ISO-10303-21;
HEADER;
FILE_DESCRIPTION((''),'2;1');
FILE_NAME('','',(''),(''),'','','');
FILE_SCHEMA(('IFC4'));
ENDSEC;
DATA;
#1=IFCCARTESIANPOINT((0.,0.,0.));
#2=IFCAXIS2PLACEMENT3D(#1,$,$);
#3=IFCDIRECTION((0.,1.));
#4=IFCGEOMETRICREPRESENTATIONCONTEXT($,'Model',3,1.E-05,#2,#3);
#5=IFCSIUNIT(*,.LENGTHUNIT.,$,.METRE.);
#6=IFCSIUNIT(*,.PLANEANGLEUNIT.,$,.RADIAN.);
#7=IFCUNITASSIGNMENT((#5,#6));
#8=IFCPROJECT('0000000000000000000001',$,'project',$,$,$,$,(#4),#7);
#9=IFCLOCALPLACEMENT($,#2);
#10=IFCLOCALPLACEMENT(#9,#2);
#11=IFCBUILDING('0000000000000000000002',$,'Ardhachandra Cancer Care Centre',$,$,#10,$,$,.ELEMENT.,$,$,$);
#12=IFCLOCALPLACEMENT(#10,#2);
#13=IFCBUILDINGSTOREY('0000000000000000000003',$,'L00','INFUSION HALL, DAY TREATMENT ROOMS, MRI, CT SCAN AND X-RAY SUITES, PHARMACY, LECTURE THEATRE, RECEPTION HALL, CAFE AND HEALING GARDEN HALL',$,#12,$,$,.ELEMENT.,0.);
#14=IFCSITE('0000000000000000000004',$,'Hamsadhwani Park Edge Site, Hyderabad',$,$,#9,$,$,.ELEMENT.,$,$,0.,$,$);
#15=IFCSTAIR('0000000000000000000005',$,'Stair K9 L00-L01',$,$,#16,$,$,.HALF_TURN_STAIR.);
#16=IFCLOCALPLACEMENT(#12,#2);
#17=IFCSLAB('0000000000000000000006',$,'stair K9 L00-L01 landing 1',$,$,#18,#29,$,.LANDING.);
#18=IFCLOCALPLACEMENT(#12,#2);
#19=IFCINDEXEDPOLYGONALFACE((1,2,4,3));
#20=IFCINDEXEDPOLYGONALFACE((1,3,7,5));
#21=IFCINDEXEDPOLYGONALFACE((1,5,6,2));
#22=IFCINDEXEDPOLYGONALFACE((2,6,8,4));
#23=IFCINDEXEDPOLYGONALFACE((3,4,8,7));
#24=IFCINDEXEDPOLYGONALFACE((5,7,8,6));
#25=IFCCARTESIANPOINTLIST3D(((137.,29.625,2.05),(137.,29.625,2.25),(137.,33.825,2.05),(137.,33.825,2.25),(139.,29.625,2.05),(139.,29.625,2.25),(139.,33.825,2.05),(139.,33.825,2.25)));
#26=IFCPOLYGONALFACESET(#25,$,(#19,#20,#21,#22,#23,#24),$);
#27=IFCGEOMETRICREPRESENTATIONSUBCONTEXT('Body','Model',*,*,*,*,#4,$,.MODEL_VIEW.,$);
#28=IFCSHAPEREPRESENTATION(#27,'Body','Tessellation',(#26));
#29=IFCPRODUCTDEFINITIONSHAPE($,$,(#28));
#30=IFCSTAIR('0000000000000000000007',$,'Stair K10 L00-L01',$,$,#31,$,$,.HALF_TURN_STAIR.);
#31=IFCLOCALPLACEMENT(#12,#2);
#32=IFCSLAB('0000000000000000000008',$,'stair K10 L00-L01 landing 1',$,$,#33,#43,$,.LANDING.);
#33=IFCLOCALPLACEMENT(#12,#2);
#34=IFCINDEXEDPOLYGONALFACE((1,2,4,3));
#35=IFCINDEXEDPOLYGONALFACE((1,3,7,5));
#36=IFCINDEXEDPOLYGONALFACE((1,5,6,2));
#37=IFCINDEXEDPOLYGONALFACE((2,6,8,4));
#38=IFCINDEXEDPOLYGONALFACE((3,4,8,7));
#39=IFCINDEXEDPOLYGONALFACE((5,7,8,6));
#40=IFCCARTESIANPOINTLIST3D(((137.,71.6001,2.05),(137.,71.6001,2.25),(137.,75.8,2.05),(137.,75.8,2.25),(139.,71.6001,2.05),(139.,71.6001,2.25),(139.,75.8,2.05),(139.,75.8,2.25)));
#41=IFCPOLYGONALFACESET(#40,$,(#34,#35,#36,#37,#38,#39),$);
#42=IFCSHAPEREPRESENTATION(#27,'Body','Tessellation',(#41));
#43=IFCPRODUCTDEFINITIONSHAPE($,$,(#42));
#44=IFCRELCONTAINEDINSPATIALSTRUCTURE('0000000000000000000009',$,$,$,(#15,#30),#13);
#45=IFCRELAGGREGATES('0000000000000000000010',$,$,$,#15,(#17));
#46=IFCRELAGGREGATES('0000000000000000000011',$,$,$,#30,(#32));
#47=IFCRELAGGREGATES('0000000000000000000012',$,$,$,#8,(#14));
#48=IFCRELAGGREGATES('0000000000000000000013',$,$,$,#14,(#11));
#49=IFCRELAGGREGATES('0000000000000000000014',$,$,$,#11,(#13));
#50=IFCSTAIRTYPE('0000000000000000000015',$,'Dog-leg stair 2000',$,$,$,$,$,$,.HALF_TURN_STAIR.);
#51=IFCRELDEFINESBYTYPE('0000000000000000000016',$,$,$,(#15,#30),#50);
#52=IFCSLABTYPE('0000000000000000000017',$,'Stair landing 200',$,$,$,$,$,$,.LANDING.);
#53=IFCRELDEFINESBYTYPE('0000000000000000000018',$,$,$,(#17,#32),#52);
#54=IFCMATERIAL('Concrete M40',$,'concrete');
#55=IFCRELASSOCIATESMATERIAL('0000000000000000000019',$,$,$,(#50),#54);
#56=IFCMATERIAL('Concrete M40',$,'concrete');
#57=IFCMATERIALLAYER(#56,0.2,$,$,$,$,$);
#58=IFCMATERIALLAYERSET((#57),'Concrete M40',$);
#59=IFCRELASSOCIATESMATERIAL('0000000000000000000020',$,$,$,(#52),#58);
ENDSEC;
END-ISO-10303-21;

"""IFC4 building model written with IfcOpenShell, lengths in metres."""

from ifc_helpers import new_model, si_unit, direction, frame, origin, place, context, subcontext, project, spatial, polyline, outline, extrude, material, layer, layer_set, type_object, element, aggregate, save


model = new_model("IFC4")

# Units and contexts
model_context = context("Model", 3, precision=1e-05, world=origin(), true_north=direction((0.0, 1.0)))
body_context = subcontext(model_context, "Body", "Model", "MODEL_VIEW")
ifc_project = project(units=[si_unit("LENGTHUNIT", "METRE"), si_unit("PLANEANGLEUNIT", "RADIAN")], contexts=[model_context])

# Site, building, storey
site_placement = place(None, origin())
site = spatial("IfcSite", under=ifc_project, at=site_placement, Name="Hamsadhwani Park Edge Site, Hyderabad", CompositionType="ELEMENT", RefElevation=0.0)
building_placement = place(site_placement, origin())
building = spatial("IfcBuilding", under=site, at=building_placement, Name="Ardhachandra Cancer Care Centre", CompositionType="ELEMENT")
storey_placement = place(building_placement, origin())
storey = spatial("IfcBuildingStorey", under=building, at=storey_placement, Name="L00", Description="INFUSION HALL, DAY TREATMENT ROOMS, MRI, CT SCAN AND X-RAY SUITES, PHARMACY, LECTURE THEATRE, RECEPTION HALL, CAFE AND HEALING GARDEN HALL", CompositionType="ELEMENT", Elevation=0.0)

# Stairs, slabs
ifc_material_1 = material(Name="Concrete M40", Category="concrete")
stair_type = type_object("IfcStairType", Name="Dog-leg stair 2000", PredefinedType="HALF_TURN_STAIR", material=ifc_material_1)
ifc_material_2 = material(Name="Concrete M40", Category="concrete")
ifc_layer_1 = layer(ifc_material_2, 0.2)
ifc_layer_set_1 = layer_set([ifc_layer_1], Name="Concrete M40")
slab_type_1 = type_object("IfcSlabType", Name="Stair landing 200", PredefinedType="LANDING", material=ifc_layer_set_1)
stair_1_placement = place(storey_placement, origin())
stair_1 = element("IfcStair", 1, at=stair_1_placement, inside=storey, type_object=stair_type, Name="Stair K9 L00-L01", PredefinedType="HALF_TURN_STAIR")
slab_1_placement = place(storey_placement, frame((0.0, 0.0, 2.05)))
slab_1 = element("IfcSlab", 2, at=slab_1_placement, type_object=slab_type_1, Name="stair K9 L00-L01 landing 1", PredefinedType="LANDING", context=body_context, shape_type="SweptSolid", body=[
    extrude(outline(polyline([(137.0, 29.625), (139.0, 29.625), (139.0, 33.825), (137.0, 33.825), (137.0, 29.625)])), origin(), (0.0, 0.0, 1.0), 0.2),
])
aggregate(stair_1, [slab_1])
stair_2_placement = place(storey_placement, origin())
stair_2 = element("IfcStair", 3, at=stair_2_placement, inside=storey, type_object=stair_type, Name="Stair K10 L00-L01", PredefinedType="HALF_TURN_STAIR")
slab_2_placement = place(storey_placement, frame((0.0, 0.0, 2.05)))
slab_2 = element("IfcSlab", 4, at=slab_2_placement, type_object=slab_type_1, Name="stair K10 L00-L01 landing 1", PredefinedType="LANDING", context=body_context, shape_type="SweptSolid", body=[
    extrude(outline(polyline([(137.0, 71.6001), (139.0, 71.6001), (139.0, 75.8), (137.0, 75.8), (137.0, 71.6001)])), origin(), (0.0, 0.0, 1.0), 0.2),
])
aggregate(stair_2, [slab_2])

save(model, "model.ifc")
